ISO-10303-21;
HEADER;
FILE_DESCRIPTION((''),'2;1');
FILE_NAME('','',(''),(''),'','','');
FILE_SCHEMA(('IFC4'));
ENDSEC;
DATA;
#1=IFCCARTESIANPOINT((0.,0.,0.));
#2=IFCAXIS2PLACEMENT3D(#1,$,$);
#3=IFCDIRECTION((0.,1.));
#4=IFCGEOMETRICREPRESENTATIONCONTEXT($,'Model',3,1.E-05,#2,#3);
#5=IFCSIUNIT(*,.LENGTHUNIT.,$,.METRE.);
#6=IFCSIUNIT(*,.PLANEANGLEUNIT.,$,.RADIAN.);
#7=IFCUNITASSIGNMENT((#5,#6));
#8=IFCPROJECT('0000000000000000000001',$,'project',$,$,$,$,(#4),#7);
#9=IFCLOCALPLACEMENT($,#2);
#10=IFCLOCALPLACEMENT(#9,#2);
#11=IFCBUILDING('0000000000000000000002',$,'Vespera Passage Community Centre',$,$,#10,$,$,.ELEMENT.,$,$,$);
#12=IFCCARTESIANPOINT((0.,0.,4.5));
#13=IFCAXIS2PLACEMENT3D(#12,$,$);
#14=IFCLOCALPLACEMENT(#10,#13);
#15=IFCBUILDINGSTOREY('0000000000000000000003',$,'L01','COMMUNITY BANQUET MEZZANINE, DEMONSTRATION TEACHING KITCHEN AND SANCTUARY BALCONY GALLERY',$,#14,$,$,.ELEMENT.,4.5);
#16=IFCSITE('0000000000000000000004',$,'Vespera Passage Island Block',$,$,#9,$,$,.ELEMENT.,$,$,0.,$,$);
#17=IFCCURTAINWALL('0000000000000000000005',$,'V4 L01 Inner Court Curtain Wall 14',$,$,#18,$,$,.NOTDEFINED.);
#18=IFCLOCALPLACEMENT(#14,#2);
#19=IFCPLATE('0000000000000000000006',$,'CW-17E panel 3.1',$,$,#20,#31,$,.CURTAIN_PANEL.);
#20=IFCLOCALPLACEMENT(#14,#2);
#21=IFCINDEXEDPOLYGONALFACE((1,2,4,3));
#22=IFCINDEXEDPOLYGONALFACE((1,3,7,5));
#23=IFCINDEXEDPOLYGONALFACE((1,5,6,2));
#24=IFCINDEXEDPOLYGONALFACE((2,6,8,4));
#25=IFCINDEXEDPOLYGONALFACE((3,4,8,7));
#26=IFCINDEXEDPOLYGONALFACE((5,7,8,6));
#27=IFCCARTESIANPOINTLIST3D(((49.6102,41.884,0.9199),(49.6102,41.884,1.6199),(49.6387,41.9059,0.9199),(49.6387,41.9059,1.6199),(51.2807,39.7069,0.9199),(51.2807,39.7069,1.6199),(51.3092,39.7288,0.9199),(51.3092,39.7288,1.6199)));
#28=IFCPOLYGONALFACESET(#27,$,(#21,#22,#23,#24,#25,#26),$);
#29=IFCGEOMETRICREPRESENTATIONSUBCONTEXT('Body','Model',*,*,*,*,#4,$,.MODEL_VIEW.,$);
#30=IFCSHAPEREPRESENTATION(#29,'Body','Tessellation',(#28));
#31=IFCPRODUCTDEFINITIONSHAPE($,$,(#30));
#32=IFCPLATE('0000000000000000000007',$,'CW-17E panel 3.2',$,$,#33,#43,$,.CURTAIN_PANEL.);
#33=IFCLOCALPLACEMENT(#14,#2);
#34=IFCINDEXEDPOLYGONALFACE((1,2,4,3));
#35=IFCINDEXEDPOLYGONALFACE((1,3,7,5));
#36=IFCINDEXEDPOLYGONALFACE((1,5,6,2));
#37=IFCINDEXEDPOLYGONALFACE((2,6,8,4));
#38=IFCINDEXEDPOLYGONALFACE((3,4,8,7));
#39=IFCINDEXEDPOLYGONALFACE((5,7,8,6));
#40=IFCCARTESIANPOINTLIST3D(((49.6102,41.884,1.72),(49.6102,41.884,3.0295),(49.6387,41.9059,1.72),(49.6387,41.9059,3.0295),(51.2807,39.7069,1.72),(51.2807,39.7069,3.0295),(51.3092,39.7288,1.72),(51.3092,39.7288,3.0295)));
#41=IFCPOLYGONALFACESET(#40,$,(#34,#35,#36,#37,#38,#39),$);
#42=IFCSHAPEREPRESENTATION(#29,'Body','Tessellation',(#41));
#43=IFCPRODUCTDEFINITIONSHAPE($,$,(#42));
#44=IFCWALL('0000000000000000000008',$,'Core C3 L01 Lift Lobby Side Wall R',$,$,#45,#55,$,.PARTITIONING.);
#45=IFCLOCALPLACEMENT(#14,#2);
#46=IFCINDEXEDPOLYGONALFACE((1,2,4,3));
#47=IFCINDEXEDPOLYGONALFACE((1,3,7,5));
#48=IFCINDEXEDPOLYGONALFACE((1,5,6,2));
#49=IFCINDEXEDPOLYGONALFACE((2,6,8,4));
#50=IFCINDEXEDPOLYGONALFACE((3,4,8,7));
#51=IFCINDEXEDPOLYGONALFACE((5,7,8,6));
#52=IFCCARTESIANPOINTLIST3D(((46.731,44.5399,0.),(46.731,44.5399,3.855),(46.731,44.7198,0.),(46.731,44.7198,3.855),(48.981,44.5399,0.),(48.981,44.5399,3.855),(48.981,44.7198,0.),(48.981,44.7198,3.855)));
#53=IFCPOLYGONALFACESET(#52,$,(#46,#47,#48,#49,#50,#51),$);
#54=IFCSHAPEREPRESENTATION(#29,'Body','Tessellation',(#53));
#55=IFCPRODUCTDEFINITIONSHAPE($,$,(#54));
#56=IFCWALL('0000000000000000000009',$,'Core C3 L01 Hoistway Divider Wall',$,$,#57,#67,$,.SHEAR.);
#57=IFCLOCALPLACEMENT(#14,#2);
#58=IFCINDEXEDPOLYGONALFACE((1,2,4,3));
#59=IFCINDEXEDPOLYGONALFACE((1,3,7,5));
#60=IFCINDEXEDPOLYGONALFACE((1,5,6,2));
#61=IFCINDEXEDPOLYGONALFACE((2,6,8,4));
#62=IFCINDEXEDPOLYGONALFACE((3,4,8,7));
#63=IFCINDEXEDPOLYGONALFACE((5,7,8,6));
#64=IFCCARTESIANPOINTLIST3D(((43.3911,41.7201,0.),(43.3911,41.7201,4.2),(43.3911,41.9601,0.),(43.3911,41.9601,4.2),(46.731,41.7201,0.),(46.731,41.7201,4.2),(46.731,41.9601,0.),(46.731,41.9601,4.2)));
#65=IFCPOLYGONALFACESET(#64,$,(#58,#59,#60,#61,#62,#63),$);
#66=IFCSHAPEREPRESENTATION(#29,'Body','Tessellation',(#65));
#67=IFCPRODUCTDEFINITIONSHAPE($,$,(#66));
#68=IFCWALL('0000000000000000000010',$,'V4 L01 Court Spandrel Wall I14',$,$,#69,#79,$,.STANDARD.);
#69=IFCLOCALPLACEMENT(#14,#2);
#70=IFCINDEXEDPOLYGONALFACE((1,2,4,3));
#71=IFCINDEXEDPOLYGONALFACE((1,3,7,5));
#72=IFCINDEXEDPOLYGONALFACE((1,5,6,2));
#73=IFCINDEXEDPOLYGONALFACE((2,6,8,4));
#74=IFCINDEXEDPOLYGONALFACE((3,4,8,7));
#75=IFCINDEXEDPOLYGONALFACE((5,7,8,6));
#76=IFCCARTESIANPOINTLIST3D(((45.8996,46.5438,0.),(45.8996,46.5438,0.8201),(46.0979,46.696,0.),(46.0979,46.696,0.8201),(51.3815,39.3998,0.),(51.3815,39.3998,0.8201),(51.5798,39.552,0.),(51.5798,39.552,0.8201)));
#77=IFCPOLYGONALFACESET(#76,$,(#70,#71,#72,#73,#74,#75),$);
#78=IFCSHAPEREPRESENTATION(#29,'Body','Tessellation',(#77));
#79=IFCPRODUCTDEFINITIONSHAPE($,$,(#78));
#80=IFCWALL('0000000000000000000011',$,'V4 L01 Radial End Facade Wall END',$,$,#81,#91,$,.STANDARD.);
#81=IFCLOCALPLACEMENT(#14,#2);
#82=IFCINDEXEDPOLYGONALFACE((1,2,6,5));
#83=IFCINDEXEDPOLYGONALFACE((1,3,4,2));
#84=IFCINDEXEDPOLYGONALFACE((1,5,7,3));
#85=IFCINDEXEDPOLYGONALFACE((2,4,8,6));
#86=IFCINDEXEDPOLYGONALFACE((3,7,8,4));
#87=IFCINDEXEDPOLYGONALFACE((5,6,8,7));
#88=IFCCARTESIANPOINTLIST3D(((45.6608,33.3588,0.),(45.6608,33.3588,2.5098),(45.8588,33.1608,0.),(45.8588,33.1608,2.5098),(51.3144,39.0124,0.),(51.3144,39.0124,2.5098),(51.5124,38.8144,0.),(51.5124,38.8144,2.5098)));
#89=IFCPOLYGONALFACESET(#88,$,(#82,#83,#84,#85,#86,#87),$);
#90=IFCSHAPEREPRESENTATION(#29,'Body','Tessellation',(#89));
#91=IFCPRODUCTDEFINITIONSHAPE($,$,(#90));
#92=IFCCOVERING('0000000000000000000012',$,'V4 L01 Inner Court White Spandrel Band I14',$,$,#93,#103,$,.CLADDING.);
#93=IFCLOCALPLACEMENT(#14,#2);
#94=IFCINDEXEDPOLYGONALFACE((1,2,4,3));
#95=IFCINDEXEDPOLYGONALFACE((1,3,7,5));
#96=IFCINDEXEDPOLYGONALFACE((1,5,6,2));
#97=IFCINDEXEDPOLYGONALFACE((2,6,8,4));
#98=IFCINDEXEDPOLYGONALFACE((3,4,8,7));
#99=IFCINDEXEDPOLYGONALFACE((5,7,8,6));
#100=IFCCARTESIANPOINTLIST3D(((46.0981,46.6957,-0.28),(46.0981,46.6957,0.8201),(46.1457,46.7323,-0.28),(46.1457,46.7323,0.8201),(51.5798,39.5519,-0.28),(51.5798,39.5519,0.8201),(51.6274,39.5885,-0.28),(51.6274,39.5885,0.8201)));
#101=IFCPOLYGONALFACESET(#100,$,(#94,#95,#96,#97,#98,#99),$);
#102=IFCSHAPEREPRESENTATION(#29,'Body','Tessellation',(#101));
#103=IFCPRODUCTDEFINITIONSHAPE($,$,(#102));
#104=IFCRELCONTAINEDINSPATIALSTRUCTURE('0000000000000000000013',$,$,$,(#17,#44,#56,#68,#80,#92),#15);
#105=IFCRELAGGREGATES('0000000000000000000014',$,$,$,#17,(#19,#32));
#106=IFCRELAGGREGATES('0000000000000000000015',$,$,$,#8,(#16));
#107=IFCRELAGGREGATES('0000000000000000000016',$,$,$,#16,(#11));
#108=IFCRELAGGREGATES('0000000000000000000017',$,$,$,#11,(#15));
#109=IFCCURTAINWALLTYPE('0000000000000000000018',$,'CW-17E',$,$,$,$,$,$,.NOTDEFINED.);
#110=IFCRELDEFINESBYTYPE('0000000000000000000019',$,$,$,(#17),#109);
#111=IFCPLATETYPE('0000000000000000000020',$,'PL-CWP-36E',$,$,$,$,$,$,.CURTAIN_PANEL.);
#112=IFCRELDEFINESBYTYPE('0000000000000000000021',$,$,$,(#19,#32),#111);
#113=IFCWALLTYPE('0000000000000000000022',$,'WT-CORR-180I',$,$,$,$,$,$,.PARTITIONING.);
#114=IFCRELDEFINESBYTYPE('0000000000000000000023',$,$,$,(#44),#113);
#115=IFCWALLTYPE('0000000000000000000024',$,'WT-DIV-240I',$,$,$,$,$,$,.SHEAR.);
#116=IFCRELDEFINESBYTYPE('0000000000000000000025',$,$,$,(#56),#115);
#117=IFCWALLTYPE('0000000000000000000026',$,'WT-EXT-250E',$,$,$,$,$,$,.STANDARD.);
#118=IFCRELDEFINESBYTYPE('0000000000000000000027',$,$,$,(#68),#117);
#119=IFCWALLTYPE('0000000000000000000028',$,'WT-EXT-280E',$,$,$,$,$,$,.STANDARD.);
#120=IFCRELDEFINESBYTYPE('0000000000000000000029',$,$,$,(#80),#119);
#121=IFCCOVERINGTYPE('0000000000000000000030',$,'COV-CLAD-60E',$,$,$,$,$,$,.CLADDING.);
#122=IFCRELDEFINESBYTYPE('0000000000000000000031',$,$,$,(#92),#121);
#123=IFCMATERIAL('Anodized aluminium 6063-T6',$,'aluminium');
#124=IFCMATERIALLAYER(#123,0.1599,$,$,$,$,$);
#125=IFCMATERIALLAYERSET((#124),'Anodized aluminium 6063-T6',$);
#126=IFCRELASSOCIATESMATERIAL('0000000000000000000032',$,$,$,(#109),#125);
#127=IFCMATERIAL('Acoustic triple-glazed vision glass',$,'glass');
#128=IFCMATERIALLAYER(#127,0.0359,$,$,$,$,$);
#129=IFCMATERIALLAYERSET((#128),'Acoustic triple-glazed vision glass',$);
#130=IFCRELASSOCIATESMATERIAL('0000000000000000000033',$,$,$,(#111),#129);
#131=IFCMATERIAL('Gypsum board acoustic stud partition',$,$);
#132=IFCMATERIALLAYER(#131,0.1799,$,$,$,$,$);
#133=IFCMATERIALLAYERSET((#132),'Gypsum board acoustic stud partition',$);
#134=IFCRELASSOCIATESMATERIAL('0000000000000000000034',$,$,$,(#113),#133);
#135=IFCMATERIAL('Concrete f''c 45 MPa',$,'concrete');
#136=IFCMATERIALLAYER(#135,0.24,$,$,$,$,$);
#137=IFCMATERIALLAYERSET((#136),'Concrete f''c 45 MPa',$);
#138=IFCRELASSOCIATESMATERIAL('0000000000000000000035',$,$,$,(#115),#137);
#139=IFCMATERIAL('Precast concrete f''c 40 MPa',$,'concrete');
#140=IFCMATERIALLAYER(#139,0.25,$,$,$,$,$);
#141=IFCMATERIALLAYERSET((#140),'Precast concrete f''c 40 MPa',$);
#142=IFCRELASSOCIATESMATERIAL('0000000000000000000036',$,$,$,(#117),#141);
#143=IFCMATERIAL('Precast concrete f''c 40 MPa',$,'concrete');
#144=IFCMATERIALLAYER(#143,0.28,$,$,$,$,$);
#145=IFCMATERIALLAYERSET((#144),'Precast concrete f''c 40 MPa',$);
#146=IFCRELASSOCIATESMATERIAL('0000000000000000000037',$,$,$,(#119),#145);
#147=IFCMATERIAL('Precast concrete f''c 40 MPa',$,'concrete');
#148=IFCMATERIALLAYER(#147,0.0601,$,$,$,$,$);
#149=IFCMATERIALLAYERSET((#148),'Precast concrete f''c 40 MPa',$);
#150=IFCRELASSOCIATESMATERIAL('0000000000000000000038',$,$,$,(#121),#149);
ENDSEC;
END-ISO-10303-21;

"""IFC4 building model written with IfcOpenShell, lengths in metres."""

from ifc_helpers import new_model, si_unit, direction, frame, frame_2d, origin, origin_2d, place, context, subcontext, project, spatial, rectangle, extrude, material, layer, layer_set, type_object, element, aggregate, save


model = new_model("IFC4")

# Units and contexts
model_context = context("Model", 3, precision=1e-05, world=origin(), true_north=direction((0.0, 1.0)))
body_context = subcontext(model_context, "Body", "Model", "MODEL_VIEW")
ifc_project = project(units=[si_unit("LENGTHUNIT", "METRE"), si_unit("PLANEANGLEUNIT", "RADIAN")], contexts=[model_context])

# Site, building, storey
site_placement = place(None, origin())
site = spatial("IfcSite", under=ifc_project, at=site_placement, Name="Vespera Passage Island Block", CompositionType="ELEMENT", RefElevation=0.0)
building_placement = place(site_placement, origin())
building = spatial("IfcBuilding", under=site, at=building_placement, Name="Vespera Passage Community Centre", CompositionType="ELEMENT")
storey_placement = place(building_placement, frame((0.0, 0.0, 4.5)))
storey = spatial("IfcBuildingStorey", under=building, at=storey_placement, Name="L01", Description="COMMUNITY BANQUET MEZZANINE, DEMONSTRATION TEACHING KITCHEN AND SANCTUARY BALCONY GALLERY", CompositionType="ELEMENT", Elevation=4.5)

# Curtain wall
ifc_material_1 = material(Name="Anodized aluminium 6063-T6", Category="aluminium")
ifc_layer_1 = layer(ifc_material_1, 0.1599)
ifc_layer_set_1 = layer_set([ifc_layer_1], Name="Anodized aluminium 6063-T6")
curtain_wall_type_1 = type_object("IfcCurtainWallType", Name="CW-17E", PredefinedType="NOTDEFINED", material=ifc_layer_set_1)
curtain_wall_1_placement = place(storey_placement, origin())
curtain_wall_1 = element("IfcCurtainWall", 1, at=curtain_wall_1_placement, inside=storey, type_object=curtain_wall_type_1, Name="V4 L01 Inner Court Curtain Wall 14", PredefinedType="NOTDEFINED")

# Plates
ifc_material_2 = material(Name="Acoustic triple-glazed vision glass", Category="glass")
ifc_layer_2 = layer(ifc_material_2, 0.0359)
ifc_layer_set_2 = layer_set([ifc_layer_2], Name="Acoustic triple-glazed vision glass")
plate_type = type_object("IfcPlateType", Name="PL-CWP-36E", PredefinedType="CURTAIN_PANEL", material=ifc_layer_set_2)
plate_1_placement = place(storey_placement, frame((50.4597, 40.8064, 0.9199), z_axis=(0.0, 0.0, 1.0), x_axis=(0.608755, -0.793358, 0.0)))
plate_1 = element("IfcPlate", 2, at=plate_1_placement, type_object=plate_type, Name="CW-17E panel 3.1", PredefinedType="CURTAIN_PANEL", context=body_context, shape_type="SweptSolid", body=[
    extrude(rectangle(XDim=2.7441, YDim=0.0359, at=origin_2d()), origin(), (0.0, 0.0, 1.0), 0.7),
])
plate_2_placement = place(storey_placement, frame((50.4597, 40.8064, 1.72), z_axis=(0.0, 0.0, 1.0), x_axis=(0.608755, -0.793358, 0.0)))
plate_2 = element("IfcPlate", 3, at=plate_2_placement, type_object=plate_type, Name="CW-17E panel 3.2", PredefinedType="CURTAIN_PANEL", context=body_context, shape_type="SweptSolid", body=[
    extrude(rectangle(XDim=2.7441, YDim=0.0359, at=origin_2d()), origin(), (0.0, 0.0, 1.0), 1.3096),
])
aggregate(curtain_wall_1, [plate_1, plate_2])

# Walls
ifc_material_3 = material(Name="Gypsum board acoustic stud partition")
ifc_layer_3 = layer(ifc_material_3, 0.1799)
ifc_layer_set_3 = layer_set([ifc_layer_3], Name="Gypsum board acoustic stud partition")
wall_type_1 = type_object("IfcWallType", Name="WT-CORR-180I", PredefinedType="PARTITIONING", material=ifc_layer_set_3)
wall_1_placement = place(storey_placement, frame((46.731, 44.6299, 0.0), z_axis=(0.0, 0.0, 1.0), x_axis=(1.0, 0.0, 0.0)))
element("IfcWall", 4, at=wall_1_placement, inside=storey, type_object=wall_type_1, Name="Core C3 L01 Lift Lobby Side Wall R", PredefinedType="PARTITIONING", context=body_context, shape_type="SweptSolid", body=[
    extrude(rectangle(XDim=2.25, YDim=0.1799, at=frame_2d((1.125, 0.0))), origin(), (0.0, 0.0, 1.0), 3.855),
])
ifc_material_4 = material(Name="Concrete f'c 45 MPa", Category="concrete")
ifc_layer_4 = layer(ifc_material_4, 0.24)
ifc_layer_set_4 = layer_set([ifc_layer_4], Name="Concrete f'c 45 MPa")
wall_type_2 = type_object("IfcWallType", Name="WT-DIV-240I", PredefinedType="SHEAR", material=ifc_layer_set_4)
wall_2_placement = place(storey_placement, frame((46.731, 41.8401, 0.0), z_axis=(0.0, 0.0, 1.0), x_axis=(-1.0, 0.0, 0.0)))
element("IfcWall", 5, at=wall_2_placement, inside=storey, type_object=wall_type_2, Name="Core C3 L01 Hoistway Divider Wall", PredefinedType="SHEAR", context=body_context, shape_type="SweptSolid", body=[
    extrude(rectangle(XDim=3.3398, YDim=0.24, at=frame_2d((1.6699, 0.0))), origin(), (0.0, 0.0, 1.0), 4.2),
])
ifc_material_5 = material(Name="Precast concrete f'c 40 MPa", Category="concrete")
ifc_layer_5 = layer(ifc_material_5, 0.25)
ifc_layer_set_5 = layer_set([ifc_layer_5], Name="Precast concrete f'c 40 MPa")
wall_type_3 = type_object("IfcWallType", Name="WT-EXT-250E", PredefinedType="STANDARD", material=ifc_layer_set_5)
wall_3_placement = place(storey_placement, frame((45.9988, 46.6199, 0.0), z_axis=(0.0, 0.0, 1.0), x_axis=(0.60877, -0.793347, 0.0)))
element("IfcWall", 6, at=wall_3_placement, inside=storey, type_object=wall_type_3, Name="V4 L01 Court Spandrel Wall I14", PredefinedType="STANDARD", context=body_context, shape_type="SweptSolid", body=[
    extrude(rectangle(XDim=9.0049, YDim=0.25, at=frame_2d((4.5024, 0.0))), origin(), (0.0, 0.0, 1.0), 0.8201),
])
ifc_material_6 = material(Name="Precast concrete f'c 40 MPa", Category="concrete")
ifc_layer_6 = layer(ifc_material_6, 0.28)
ifc_layer_set_6 = layer_set([ifc_layer_6], Name="Precast concrete f'c 40 MPa")
wall_type_4 = type_object("IfcWallType", Name="WT-EXT-280E", PredefinedType="STANDARD", material=ifc_layer_set_6)
wall_4_placement = place(storey_placement, frame((51.4133, 38.9133, 0.0), z_axis=(0.0, 0.0, 1.0), x_axis=(-0.707107, -0.707107, 0.0)))
element("IfcWall", 7, at=wall_4_placement, inside=storey, type_object=wall_type_4, Name="V4 L01 Radial End Facade Wall END", PredefinedType="STANDARD", context=body_context, shape_type="SweptSolid", body=[
    extrude(rectangle(XDim=7.9954, YDim=0.28, at=frame_2d((3.9976, 0.0))), origin(), (0.0, 0.0, 1.0), 2.5098),
])

# Covering
ifc_material_7 = material(Name="Precast concrete f'c 40 MPa", Category="concrete")
ifc_layer_7 = layer(ifc_material_7, 0.0601)
ifc_layer_set_7 = layer_set([ifc_layer_7], Name="Precast concrete f'c 40 MPa")
covering_type = type_object("IfcCoveringType", Name="COV-CLAD-60E", PredefinedType="CLADDING", material=ifc_layer_set_7)
covering_placement = place(storey_placement, frame((46.1218, 46.7141, -0.28), z_axis=(0.0, 0.0, 1.0), x_axis=(0.608766, -0.79335, 0.0)))
element("IfcCovering", 8, at=covering_placement, inside=storey, type_object=covering_type, Name="V4 L01 Inner Court White Spandrel Band I14", PredefinedType="CLADDING", context=body_context, shape_type="SweptSolid", body=[
    extrude(rectangle(XDim=9.0046, YDim=0.0601, at=frame_2d((4.5024, 0.0))), origin(), (0.0, 0.0, 1.0), 1.1001),
])

save(model, "model.ifc")
